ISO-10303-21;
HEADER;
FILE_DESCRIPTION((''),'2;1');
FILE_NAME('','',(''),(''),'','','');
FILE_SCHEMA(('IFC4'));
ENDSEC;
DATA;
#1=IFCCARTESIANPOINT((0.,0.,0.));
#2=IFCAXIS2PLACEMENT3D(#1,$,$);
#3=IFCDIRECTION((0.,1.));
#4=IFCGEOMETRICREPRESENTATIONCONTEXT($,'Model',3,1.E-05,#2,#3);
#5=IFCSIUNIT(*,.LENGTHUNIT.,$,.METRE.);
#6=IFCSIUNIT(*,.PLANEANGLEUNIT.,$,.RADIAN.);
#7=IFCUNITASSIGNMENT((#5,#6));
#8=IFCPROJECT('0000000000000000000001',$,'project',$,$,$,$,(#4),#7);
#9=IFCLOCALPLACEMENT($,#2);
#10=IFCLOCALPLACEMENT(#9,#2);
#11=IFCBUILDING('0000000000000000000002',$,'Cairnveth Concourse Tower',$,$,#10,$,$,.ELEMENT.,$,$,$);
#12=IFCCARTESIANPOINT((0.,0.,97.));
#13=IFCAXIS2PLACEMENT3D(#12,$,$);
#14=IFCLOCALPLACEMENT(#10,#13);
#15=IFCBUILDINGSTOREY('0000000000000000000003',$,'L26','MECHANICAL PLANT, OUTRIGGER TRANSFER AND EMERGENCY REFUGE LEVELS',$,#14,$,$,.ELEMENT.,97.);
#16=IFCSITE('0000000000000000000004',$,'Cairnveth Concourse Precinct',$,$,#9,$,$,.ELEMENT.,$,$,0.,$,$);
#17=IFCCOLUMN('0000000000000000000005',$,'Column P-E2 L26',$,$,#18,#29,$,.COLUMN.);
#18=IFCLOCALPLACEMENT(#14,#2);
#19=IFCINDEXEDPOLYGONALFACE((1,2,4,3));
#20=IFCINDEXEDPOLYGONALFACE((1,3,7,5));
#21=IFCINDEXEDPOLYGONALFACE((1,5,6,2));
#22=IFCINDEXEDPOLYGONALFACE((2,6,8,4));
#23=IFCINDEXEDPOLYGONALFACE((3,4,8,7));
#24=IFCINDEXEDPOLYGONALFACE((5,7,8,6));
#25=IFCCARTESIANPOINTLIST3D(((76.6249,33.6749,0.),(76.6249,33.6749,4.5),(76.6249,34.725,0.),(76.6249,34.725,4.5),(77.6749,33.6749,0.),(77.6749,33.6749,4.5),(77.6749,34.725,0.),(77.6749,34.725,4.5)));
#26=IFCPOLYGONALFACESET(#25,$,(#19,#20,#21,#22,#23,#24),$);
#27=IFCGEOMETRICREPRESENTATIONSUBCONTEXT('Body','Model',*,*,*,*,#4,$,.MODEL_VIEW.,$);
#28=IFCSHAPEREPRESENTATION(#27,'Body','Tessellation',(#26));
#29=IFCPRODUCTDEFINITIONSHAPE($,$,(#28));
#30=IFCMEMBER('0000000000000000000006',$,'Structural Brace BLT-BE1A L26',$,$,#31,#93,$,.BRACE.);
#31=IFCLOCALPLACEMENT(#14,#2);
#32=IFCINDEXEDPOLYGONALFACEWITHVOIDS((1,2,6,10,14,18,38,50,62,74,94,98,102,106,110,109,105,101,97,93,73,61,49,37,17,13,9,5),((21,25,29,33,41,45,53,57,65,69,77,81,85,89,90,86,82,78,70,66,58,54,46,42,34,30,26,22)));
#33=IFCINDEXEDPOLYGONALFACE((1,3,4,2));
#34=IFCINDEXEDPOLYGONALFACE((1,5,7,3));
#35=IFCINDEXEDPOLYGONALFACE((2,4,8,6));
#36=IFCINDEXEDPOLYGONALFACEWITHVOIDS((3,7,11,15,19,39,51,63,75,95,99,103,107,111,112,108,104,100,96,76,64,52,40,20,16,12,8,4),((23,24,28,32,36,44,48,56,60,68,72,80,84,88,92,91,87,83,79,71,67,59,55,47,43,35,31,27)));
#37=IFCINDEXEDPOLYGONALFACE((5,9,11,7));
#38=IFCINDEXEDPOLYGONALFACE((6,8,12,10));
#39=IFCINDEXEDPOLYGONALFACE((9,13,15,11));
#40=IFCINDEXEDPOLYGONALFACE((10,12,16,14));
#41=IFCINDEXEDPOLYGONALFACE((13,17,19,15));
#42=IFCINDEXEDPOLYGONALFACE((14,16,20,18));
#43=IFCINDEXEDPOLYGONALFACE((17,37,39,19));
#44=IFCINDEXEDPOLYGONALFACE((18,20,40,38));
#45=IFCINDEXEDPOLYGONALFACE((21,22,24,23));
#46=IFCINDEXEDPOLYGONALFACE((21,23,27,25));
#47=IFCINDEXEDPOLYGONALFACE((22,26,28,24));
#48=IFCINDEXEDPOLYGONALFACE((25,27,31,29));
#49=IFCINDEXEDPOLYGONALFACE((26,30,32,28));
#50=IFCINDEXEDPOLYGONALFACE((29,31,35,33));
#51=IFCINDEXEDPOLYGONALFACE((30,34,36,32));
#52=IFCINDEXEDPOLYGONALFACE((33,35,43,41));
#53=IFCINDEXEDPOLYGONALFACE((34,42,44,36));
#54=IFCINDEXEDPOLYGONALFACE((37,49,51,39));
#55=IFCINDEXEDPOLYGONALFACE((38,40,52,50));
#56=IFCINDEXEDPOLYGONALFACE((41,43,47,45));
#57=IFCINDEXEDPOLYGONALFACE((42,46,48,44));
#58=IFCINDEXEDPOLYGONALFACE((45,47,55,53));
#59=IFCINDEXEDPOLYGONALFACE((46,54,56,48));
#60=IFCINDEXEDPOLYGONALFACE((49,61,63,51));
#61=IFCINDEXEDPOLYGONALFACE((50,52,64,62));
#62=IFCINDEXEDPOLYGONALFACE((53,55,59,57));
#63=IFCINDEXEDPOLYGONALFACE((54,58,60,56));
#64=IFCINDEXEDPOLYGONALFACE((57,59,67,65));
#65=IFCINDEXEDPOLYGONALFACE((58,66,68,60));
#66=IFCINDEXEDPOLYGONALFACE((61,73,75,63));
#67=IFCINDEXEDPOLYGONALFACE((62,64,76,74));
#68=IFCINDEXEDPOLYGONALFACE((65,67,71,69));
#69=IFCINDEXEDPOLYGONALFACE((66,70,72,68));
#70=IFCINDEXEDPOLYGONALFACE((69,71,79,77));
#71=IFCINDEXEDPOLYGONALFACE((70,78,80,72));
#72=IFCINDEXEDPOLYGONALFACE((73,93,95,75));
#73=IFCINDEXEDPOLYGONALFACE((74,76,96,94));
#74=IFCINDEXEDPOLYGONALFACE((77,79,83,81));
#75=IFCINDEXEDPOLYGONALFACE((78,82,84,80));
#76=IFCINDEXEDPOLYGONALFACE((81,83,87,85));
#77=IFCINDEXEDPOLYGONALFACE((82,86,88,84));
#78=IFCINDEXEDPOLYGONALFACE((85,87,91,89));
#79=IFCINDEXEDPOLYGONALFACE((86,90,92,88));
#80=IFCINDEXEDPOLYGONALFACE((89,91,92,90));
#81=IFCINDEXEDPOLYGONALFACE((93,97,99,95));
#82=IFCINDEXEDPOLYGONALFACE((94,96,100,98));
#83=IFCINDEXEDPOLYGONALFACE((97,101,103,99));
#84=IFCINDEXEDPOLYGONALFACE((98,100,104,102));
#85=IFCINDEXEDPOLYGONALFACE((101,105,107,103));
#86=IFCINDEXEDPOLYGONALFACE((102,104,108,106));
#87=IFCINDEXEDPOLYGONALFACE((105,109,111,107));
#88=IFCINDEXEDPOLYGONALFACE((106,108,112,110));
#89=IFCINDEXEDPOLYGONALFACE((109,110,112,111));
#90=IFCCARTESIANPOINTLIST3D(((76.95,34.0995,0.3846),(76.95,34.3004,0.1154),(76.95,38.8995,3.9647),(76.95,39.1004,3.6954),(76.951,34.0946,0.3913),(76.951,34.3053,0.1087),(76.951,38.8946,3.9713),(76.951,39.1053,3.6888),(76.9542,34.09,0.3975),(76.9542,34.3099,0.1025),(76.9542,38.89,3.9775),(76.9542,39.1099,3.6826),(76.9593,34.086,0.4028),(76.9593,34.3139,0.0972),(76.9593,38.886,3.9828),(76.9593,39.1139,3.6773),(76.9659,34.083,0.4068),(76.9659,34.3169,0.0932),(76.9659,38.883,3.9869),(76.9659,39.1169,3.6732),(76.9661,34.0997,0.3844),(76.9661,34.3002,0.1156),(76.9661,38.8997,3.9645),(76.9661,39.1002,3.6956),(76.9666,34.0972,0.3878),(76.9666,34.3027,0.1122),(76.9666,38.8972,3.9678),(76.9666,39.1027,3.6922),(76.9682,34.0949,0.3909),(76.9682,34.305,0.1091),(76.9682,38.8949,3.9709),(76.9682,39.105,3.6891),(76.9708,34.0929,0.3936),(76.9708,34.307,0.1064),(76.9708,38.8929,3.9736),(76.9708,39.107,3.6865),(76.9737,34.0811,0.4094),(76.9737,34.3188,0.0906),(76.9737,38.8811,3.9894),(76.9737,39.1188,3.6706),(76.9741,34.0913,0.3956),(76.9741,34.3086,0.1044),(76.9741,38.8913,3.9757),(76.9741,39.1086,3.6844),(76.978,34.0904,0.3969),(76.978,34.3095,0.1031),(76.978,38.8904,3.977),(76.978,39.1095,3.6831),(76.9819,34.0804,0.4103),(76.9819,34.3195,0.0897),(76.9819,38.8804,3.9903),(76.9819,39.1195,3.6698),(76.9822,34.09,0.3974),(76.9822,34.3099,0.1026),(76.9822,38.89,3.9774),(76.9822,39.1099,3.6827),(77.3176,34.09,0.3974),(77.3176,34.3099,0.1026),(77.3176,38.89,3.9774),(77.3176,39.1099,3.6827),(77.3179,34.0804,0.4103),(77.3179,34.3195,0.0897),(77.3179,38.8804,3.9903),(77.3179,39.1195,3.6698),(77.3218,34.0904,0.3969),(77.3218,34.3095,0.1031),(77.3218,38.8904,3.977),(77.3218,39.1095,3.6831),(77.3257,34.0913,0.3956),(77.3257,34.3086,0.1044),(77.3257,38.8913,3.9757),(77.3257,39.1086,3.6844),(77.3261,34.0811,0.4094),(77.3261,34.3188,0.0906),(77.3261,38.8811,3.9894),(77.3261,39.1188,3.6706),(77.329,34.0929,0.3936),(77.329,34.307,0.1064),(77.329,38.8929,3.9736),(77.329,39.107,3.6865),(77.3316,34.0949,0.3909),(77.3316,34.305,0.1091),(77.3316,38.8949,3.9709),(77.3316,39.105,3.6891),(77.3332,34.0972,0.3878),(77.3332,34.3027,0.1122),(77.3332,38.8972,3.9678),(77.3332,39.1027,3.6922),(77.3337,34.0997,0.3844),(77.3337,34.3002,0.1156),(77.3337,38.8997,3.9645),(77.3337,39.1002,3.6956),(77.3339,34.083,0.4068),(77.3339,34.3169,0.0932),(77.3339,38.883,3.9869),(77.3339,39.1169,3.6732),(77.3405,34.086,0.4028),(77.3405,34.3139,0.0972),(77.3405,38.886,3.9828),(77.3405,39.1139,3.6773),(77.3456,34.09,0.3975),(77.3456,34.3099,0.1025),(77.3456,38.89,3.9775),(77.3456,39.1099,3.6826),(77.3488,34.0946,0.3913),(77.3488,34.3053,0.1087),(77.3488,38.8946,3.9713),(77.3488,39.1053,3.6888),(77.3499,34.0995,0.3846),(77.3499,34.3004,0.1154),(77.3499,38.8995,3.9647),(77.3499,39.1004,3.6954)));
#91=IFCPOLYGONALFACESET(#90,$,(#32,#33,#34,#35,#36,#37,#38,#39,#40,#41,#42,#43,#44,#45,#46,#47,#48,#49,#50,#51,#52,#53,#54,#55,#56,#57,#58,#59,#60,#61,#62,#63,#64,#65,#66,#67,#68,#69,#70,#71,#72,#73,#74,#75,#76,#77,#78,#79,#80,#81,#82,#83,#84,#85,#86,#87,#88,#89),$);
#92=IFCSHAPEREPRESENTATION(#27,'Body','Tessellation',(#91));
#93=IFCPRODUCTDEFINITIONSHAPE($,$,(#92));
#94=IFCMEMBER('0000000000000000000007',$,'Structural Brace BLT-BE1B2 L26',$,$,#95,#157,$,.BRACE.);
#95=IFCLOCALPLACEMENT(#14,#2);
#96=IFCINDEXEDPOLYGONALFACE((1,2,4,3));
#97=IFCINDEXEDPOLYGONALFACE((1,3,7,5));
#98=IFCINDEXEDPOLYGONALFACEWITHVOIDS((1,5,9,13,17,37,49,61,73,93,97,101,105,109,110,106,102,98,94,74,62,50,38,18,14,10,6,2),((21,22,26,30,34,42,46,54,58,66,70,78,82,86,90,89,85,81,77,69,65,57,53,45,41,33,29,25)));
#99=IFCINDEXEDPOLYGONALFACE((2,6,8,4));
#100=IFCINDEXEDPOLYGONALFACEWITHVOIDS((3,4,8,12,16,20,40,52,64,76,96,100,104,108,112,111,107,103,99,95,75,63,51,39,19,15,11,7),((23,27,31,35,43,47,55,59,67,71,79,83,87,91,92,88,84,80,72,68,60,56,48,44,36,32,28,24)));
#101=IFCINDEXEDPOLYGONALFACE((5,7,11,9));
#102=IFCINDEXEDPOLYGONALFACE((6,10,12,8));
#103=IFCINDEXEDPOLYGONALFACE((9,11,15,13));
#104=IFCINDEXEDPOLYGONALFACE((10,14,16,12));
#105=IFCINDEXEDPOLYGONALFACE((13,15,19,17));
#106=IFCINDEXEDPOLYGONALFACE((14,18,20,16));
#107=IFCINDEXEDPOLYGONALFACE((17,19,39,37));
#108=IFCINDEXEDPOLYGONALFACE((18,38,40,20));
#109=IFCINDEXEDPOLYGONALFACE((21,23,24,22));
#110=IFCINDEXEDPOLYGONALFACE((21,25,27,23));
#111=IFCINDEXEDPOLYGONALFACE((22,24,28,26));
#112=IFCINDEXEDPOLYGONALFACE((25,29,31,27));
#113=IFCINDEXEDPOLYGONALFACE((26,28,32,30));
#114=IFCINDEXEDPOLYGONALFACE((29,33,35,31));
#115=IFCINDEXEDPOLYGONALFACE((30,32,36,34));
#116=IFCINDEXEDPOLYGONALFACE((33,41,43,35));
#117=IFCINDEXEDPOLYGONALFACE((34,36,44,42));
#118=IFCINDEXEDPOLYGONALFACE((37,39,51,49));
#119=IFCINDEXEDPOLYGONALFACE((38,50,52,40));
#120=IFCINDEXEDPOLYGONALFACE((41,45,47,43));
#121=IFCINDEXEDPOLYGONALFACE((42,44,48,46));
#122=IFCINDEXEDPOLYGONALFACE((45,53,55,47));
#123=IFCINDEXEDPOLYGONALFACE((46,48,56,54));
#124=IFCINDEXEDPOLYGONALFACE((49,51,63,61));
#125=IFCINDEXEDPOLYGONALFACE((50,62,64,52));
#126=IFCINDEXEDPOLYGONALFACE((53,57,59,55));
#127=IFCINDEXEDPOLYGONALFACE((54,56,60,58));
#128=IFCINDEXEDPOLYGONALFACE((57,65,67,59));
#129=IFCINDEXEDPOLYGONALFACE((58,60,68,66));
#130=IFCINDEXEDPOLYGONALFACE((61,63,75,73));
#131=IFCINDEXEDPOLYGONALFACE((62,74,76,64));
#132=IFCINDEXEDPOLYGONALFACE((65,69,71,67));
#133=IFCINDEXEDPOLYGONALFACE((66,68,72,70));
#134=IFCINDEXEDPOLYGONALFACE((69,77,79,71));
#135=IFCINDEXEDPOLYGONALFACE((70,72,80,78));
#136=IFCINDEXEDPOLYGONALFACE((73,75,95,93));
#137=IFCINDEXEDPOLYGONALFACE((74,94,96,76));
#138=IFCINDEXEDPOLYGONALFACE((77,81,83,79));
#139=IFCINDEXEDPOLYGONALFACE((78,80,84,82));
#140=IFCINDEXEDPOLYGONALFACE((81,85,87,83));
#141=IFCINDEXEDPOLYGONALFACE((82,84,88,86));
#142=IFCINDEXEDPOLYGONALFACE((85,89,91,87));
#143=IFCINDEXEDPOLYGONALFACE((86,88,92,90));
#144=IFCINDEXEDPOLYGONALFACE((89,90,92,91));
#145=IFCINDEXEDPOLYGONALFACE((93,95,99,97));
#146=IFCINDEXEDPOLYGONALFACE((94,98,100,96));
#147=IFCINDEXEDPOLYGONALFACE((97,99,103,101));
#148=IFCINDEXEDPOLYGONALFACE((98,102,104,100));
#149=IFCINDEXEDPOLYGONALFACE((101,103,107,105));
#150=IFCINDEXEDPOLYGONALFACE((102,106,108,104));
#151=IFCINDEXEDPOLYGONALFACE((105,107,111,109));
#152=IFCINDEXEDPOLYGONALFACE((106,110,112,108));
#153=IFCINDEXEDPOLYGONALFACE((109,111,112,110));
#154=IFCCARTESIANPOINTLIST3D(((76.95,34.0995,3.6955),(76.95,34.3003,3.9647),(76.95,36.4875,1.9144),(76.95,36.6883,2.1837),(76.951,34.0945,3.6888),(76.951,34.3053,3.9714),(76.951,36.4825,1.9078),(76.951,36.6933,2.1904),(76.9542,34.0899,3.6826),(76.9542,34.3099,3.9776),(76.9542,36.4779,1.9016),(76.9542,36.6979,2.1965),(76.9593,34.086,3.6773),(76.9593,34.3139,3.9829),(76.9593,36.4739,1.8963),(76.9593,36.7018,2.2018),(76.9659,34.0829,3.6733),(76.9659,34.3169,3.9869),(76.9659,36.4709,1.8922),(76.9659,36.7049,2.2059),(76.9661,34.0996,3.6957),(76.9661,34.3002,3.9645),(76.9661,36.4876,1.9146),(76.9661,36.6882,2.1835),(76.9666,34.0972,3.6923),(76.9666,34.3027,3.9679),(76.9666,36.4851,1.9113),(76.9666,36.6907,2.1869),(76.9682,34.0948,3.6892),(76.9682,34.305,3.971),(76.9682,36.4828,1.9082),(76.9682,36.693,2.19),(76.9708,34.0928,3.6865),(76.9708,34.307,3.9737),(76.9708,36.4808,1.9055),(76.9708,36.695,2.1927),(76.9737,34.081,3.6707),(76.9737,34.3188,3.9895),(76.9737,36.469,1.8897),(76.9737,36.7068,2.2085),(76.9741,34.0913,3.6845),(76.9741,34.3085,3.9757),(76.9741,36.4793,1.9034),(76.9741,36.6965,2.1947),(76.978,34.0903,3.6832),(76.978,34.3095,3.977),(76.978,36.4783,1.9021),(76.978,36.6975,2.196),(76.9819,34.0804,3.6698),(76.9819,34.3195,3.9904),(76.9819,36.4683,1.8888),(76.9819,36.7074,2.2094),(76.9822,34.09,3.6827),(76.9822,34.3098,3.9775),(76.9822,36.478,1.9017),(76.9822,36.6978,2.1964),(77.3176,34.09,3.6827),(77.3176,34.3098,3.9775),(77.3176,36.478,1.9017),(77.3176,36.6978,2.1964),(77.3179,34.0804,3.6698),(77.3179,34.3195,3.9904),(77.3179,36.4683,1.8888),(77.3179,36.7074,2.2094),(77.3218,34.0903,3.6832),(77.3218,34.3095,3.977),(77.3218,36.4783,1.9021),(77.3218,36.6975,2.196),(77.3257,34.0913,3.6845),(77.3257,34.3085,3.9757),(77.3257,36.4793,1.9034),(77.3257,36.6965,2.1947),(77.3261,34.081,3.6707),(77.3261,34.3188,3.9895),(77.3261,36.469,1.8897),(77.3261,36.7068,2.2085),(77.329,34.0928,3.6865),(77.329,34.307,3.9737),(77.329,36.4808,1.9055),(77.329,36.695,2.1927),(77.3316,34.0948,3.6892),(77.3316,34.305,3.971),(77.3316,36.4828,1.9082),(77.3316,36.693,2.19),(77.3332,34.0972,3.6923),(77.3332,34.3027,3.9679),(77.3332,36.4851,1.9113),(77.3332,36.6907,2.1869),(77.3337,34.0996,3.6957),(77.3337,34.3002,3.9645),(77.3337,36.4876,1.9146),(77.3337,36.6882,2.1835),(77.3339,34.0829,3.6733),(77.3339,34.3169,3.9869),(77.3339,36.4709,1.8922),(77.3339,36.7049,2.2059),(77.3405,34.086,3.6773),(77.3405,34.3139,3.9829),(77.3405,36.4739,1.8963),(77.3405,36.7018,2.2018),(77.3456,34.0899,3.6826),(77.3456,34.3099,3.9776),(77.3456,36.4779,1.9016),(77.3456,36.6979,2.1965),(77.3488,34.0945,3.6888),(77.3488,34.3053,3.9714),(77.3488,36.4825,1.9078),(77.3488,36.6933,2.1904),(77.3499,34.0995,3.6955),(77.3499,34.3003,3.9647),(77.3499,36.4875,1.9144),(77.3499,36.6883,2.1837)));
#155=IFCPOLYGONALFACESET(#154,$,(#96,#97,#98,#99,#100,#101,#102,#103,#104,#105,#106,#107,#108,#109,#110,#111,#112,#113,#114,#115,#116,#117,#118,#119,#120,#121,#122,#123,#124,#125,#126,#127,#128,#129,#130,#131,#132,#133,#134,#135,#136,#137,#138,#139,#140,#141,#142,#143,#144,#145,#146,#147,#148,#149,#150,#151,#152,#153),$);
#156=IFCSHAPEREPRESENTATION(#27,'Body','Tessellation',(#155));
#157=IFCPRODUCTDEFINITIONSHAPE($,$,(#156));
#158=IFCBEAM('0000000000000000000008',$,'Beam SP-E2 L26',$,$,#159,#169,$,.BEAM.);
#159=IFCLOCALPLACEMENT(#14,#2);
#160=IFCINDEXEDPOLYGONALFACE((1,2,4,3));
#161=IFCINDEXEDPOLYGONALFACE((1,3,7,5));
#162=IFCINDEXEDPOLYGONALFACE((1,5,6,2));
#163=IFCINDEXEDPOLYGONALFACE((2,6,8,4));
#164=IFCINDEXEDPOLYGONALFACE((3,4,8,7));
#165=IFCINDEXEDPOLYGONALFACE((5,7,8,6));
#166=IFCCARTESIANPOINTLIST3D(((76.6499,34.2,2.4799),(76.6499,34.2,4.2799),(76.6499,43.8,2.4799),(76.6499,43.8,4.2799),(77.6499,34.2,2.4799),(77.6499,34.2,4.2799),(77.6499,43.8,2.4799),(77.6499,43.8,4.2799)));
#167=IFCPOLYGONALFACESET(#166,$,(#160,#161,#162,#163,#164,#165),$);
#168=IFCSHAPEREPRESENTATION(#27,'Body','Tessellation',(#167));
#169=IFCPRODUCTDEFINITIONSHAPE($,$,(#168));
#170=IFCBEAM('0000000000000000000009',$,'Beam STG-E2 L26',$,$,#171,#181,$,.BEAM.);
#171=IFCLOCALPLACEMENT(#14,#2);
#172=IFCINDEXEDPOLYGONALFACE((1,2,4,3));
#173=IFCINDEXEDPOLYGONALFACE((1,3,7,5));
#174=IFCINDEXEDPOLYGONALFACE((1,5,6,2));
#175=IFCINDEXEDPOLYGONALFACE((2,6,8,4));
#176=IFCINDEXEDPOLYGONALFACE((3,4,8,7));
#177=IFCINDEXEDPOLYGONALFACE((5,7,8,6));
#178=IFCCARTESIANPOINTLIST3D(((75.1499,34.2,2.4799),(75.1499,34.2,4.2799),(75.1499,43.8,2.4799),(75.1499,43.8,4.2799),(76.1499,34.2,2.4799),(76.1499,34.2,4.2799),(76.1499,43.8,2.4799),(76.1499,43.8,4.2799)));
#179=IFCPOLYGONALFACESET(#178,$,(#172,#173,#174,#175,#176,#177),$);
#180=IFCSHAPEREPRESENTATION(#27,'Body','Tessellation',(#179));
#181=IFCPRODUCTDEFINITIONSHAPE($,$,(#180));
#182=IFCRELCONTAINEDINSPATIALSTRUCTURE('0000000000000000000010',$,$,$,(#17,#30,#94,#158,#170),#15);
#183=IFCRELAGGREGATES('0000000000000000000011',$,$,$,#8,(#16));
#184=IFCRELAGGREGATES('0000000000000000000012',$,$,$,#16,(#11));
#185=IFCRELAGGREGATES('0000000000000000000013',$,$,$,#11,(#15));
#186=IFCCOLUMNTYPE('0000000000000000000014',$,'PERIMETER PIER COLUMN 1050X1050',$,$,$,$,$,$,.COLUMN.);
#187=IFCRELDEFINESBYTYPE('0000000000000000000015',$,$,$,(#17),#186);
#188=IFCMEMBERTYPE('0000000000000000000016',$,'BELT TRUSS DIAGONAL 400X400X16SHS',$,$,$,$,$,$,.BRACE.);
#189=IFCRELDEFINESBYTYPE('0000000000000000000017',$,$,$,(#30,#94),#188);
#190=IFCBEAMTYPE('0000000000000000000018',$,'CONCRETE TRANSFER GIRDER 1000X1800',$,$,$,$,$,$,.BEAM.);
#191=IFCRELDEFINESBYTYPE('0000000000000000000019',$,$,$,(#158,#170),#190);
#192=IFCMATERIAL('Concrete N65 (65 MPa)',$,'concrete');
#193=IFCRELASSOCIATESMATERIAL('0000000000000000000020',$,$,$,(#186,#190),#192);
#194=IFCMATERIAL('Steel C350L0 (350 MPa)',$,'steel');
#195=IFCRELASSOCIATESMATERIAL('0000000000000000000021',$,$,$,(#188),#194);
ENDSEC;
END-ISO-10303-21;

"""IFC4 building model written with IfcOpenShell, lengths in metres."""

from ifc_helpers import new_model, si_unit, direction, frame, origin, origin_2d, place, context, subcontext, project, spatial, rectangle, hollow_rectangle, extrude, material, material_profile, profile_set, type_object, element, save


model = new_model("IFC4")

# Units and contexts
model_context = context("Model", 3, precision=1e-05, world=origin(), true_north=direction((0.0, 1.0)))
body_context = subcontext(model_context, "Body", "Model", "MODEL_VIEW")
ifc_project = project(units=[si_unit("LENGTHUNIT", "METRE"), si_unit("PLANEANGLEUNIT", "RADIAN")], contexts=[model_context])

# Site, building, storey
site_placement = place(None, origin())
site = spatial("IfcSite", under=ifc_project, at=site_placement, Name="Cairnveth Concourse Precinct", CompositionType="ELEMENT", RefElevation=0.0)
building_placement = place(site_placement, origin())
building = spatial("IfcBuilding", under=site, at=building_placement, Name="Cairnveth Concourse Tower", CompositionType="ELEMENT")
storey_placement = place(building_placement, frame((0.0, 0.0, 97.0)))
storey = spatial("IfcBuildingStorey", under=building, at=storey_placement, Name="L26", Description="MECHANICAL PLANT, OUTRIGGER TRANSFER AND EMERGENCY REFUGE LEVELS", CompositionType="ELEMENT", Elevation=97.0)

# Column
ifc_material_1 = material(Name="Concrete N65 (65 MPa)", Category="concrete")
ifc_material_profile_1 = material_profile(ifc_material_1, rectangle(XDim=1.05, YDim=1.05, at=origin_2d()), Name="RC-COL-1050x1050")
ifc_profile_set_1 = profile_set([ifc_material_profile_1], Name="Concrete N65 (65 MPa)")
column_type = type_object("IfcColumnType", Name="PERIMETER PIER COLUMN 1050X1050", PredefinedType="COLUMN", material=ifc_profile_set_1)
column_placement = place(storey_placement, frame((77.1499, 34.2, 0.0), z_axis=(0.0, 0.0, 1.0), x_axis=(0.0, 1.0, 0.0)))
element("IfcColumn", 1, at=column_placement, inside=storey, type_object=column_type, Name="Column P-E2 L26", PredefinedType="COLUMN", context=body_context, shape_type="SweptSolid", body=[
    extrude(rectangle(XDim=1.05, YDim=1.05, at=origin_2d()), origin(), (0.0, 0.0, 1.0), 4.5),
])

# Members
ifc_material_2 = material(Name="Steel C350L0 (350 MPa)", Category="steel")
ifc_material_profile_2 = material_profile(ifc_material_2, hollow_rectangle(XDim=0.3999, YDim=0.3999, WallThickness=0.0161, InnerFilletRadius=0.0161, OuterFilletRadius=0.032, at=origin_2d()), Name="400x400x16.0SHS")
ifc_profile_set_2 = profile_set([ifc_material_profile_2], Name="Steel C350L0 (350 MPa)")
member_type_1 = type_object("IfcMemberType", Name="BELT TRUSS DIAGONAL 400X400X16SHS", PredefinedType="BRACE", material=ifc_profile_set_2)
member_1_placement = place(storey_placement, frame((77.1499, 34.2, 0.25), z_axis=(0.0, 0.801597, 0.597865), x_axis=(-1.0, 0.0, 0.0)))
element("IfcMember", 2, at=member_1_placement, inside=storey, type_object=member_type_1, Name="Structural Brace BLT-BE1A L26", PredefinedType="BRACE", context=body_context, shape_type="SweptSolid", body=[
    extrude(hollow_rectangle(XDim=0.3999, YDim=0.3999, WallThickness=0.0161, InnerFilletRadius=0.0161, OuterFilletRadius=0.032, at=origin_2d()), origin(), (0.0, 0.0, 1.0), 5.988),
])
member_2_placement = place(storey_placement, frame((77.1499, 36.5879, 2.0491), z_axis=(0.0, -0.8016, 0.59786), x_axis=(1.0, 0.0, 0.0)))
element("IfcMember", 3, at=member_2_placement, inside=storey, type_object=member_type_1, Name="Structural Brace BLT-BE1B2 L26", PredefinedType="BRACE", context=body_context, shape_type="SweptSolid", body=[
    extrude(hollow_rectangle(XDim=0.3999, YDim=0.3999, WallThickness=0.0161, InnerFilletRadius=0.0161, OuterFilletRadius=0.032, at=origin_2d()), origin(), (0.0, 0.0, 1.0), 2.979),
])

# Beams
ifc_material_profile_3 = material_profile(ifc_material_1, rectangle(XDim=1.0, YDim=1.8, at=origin_2d()), Name="RC-TB-1000x1800")
ifc_profile_set_3 = profile_set([ifc_material_profile_3], Name="Concrete N65 (65 MPa)")
beam_type = type_object("IfcBeamType", Name="CONCRETE TRANSFER GIRDER 1000X1800", PredefinedType="BEAM", material=ifc_profile_set_3)
for number, where, z_axis, x_axis, name in (
    (4, (77.1499, 34.2, 3.3799), (0.0, 1.0, 0.0), (-1.0, 0.0, 0.0), "Beam SP-E2 L26"),
    (5, (75.6499, 34.2, 3.3799), (0.0, 1.0, 0.0), (-1.0, 0.0, 0.0), "Beam STG-E2 L26"),
):
    element("IfcBeam", number, at=place(storey_placement, frame(where, z_axis=z_axis, x_axis=x_axis)), inside=storey, type_object=beam_type, Name=name, PredefinedType="BEAM", context=body_context, shape_type="SweptSolid", body=[
        extrude(rectangle(XDim=1.0, YDim=1.8, at=origin_2d()), origin(), (0.0, 0.0, 1.0), 9.6001),
    ])

save(model, "model.ifc")
